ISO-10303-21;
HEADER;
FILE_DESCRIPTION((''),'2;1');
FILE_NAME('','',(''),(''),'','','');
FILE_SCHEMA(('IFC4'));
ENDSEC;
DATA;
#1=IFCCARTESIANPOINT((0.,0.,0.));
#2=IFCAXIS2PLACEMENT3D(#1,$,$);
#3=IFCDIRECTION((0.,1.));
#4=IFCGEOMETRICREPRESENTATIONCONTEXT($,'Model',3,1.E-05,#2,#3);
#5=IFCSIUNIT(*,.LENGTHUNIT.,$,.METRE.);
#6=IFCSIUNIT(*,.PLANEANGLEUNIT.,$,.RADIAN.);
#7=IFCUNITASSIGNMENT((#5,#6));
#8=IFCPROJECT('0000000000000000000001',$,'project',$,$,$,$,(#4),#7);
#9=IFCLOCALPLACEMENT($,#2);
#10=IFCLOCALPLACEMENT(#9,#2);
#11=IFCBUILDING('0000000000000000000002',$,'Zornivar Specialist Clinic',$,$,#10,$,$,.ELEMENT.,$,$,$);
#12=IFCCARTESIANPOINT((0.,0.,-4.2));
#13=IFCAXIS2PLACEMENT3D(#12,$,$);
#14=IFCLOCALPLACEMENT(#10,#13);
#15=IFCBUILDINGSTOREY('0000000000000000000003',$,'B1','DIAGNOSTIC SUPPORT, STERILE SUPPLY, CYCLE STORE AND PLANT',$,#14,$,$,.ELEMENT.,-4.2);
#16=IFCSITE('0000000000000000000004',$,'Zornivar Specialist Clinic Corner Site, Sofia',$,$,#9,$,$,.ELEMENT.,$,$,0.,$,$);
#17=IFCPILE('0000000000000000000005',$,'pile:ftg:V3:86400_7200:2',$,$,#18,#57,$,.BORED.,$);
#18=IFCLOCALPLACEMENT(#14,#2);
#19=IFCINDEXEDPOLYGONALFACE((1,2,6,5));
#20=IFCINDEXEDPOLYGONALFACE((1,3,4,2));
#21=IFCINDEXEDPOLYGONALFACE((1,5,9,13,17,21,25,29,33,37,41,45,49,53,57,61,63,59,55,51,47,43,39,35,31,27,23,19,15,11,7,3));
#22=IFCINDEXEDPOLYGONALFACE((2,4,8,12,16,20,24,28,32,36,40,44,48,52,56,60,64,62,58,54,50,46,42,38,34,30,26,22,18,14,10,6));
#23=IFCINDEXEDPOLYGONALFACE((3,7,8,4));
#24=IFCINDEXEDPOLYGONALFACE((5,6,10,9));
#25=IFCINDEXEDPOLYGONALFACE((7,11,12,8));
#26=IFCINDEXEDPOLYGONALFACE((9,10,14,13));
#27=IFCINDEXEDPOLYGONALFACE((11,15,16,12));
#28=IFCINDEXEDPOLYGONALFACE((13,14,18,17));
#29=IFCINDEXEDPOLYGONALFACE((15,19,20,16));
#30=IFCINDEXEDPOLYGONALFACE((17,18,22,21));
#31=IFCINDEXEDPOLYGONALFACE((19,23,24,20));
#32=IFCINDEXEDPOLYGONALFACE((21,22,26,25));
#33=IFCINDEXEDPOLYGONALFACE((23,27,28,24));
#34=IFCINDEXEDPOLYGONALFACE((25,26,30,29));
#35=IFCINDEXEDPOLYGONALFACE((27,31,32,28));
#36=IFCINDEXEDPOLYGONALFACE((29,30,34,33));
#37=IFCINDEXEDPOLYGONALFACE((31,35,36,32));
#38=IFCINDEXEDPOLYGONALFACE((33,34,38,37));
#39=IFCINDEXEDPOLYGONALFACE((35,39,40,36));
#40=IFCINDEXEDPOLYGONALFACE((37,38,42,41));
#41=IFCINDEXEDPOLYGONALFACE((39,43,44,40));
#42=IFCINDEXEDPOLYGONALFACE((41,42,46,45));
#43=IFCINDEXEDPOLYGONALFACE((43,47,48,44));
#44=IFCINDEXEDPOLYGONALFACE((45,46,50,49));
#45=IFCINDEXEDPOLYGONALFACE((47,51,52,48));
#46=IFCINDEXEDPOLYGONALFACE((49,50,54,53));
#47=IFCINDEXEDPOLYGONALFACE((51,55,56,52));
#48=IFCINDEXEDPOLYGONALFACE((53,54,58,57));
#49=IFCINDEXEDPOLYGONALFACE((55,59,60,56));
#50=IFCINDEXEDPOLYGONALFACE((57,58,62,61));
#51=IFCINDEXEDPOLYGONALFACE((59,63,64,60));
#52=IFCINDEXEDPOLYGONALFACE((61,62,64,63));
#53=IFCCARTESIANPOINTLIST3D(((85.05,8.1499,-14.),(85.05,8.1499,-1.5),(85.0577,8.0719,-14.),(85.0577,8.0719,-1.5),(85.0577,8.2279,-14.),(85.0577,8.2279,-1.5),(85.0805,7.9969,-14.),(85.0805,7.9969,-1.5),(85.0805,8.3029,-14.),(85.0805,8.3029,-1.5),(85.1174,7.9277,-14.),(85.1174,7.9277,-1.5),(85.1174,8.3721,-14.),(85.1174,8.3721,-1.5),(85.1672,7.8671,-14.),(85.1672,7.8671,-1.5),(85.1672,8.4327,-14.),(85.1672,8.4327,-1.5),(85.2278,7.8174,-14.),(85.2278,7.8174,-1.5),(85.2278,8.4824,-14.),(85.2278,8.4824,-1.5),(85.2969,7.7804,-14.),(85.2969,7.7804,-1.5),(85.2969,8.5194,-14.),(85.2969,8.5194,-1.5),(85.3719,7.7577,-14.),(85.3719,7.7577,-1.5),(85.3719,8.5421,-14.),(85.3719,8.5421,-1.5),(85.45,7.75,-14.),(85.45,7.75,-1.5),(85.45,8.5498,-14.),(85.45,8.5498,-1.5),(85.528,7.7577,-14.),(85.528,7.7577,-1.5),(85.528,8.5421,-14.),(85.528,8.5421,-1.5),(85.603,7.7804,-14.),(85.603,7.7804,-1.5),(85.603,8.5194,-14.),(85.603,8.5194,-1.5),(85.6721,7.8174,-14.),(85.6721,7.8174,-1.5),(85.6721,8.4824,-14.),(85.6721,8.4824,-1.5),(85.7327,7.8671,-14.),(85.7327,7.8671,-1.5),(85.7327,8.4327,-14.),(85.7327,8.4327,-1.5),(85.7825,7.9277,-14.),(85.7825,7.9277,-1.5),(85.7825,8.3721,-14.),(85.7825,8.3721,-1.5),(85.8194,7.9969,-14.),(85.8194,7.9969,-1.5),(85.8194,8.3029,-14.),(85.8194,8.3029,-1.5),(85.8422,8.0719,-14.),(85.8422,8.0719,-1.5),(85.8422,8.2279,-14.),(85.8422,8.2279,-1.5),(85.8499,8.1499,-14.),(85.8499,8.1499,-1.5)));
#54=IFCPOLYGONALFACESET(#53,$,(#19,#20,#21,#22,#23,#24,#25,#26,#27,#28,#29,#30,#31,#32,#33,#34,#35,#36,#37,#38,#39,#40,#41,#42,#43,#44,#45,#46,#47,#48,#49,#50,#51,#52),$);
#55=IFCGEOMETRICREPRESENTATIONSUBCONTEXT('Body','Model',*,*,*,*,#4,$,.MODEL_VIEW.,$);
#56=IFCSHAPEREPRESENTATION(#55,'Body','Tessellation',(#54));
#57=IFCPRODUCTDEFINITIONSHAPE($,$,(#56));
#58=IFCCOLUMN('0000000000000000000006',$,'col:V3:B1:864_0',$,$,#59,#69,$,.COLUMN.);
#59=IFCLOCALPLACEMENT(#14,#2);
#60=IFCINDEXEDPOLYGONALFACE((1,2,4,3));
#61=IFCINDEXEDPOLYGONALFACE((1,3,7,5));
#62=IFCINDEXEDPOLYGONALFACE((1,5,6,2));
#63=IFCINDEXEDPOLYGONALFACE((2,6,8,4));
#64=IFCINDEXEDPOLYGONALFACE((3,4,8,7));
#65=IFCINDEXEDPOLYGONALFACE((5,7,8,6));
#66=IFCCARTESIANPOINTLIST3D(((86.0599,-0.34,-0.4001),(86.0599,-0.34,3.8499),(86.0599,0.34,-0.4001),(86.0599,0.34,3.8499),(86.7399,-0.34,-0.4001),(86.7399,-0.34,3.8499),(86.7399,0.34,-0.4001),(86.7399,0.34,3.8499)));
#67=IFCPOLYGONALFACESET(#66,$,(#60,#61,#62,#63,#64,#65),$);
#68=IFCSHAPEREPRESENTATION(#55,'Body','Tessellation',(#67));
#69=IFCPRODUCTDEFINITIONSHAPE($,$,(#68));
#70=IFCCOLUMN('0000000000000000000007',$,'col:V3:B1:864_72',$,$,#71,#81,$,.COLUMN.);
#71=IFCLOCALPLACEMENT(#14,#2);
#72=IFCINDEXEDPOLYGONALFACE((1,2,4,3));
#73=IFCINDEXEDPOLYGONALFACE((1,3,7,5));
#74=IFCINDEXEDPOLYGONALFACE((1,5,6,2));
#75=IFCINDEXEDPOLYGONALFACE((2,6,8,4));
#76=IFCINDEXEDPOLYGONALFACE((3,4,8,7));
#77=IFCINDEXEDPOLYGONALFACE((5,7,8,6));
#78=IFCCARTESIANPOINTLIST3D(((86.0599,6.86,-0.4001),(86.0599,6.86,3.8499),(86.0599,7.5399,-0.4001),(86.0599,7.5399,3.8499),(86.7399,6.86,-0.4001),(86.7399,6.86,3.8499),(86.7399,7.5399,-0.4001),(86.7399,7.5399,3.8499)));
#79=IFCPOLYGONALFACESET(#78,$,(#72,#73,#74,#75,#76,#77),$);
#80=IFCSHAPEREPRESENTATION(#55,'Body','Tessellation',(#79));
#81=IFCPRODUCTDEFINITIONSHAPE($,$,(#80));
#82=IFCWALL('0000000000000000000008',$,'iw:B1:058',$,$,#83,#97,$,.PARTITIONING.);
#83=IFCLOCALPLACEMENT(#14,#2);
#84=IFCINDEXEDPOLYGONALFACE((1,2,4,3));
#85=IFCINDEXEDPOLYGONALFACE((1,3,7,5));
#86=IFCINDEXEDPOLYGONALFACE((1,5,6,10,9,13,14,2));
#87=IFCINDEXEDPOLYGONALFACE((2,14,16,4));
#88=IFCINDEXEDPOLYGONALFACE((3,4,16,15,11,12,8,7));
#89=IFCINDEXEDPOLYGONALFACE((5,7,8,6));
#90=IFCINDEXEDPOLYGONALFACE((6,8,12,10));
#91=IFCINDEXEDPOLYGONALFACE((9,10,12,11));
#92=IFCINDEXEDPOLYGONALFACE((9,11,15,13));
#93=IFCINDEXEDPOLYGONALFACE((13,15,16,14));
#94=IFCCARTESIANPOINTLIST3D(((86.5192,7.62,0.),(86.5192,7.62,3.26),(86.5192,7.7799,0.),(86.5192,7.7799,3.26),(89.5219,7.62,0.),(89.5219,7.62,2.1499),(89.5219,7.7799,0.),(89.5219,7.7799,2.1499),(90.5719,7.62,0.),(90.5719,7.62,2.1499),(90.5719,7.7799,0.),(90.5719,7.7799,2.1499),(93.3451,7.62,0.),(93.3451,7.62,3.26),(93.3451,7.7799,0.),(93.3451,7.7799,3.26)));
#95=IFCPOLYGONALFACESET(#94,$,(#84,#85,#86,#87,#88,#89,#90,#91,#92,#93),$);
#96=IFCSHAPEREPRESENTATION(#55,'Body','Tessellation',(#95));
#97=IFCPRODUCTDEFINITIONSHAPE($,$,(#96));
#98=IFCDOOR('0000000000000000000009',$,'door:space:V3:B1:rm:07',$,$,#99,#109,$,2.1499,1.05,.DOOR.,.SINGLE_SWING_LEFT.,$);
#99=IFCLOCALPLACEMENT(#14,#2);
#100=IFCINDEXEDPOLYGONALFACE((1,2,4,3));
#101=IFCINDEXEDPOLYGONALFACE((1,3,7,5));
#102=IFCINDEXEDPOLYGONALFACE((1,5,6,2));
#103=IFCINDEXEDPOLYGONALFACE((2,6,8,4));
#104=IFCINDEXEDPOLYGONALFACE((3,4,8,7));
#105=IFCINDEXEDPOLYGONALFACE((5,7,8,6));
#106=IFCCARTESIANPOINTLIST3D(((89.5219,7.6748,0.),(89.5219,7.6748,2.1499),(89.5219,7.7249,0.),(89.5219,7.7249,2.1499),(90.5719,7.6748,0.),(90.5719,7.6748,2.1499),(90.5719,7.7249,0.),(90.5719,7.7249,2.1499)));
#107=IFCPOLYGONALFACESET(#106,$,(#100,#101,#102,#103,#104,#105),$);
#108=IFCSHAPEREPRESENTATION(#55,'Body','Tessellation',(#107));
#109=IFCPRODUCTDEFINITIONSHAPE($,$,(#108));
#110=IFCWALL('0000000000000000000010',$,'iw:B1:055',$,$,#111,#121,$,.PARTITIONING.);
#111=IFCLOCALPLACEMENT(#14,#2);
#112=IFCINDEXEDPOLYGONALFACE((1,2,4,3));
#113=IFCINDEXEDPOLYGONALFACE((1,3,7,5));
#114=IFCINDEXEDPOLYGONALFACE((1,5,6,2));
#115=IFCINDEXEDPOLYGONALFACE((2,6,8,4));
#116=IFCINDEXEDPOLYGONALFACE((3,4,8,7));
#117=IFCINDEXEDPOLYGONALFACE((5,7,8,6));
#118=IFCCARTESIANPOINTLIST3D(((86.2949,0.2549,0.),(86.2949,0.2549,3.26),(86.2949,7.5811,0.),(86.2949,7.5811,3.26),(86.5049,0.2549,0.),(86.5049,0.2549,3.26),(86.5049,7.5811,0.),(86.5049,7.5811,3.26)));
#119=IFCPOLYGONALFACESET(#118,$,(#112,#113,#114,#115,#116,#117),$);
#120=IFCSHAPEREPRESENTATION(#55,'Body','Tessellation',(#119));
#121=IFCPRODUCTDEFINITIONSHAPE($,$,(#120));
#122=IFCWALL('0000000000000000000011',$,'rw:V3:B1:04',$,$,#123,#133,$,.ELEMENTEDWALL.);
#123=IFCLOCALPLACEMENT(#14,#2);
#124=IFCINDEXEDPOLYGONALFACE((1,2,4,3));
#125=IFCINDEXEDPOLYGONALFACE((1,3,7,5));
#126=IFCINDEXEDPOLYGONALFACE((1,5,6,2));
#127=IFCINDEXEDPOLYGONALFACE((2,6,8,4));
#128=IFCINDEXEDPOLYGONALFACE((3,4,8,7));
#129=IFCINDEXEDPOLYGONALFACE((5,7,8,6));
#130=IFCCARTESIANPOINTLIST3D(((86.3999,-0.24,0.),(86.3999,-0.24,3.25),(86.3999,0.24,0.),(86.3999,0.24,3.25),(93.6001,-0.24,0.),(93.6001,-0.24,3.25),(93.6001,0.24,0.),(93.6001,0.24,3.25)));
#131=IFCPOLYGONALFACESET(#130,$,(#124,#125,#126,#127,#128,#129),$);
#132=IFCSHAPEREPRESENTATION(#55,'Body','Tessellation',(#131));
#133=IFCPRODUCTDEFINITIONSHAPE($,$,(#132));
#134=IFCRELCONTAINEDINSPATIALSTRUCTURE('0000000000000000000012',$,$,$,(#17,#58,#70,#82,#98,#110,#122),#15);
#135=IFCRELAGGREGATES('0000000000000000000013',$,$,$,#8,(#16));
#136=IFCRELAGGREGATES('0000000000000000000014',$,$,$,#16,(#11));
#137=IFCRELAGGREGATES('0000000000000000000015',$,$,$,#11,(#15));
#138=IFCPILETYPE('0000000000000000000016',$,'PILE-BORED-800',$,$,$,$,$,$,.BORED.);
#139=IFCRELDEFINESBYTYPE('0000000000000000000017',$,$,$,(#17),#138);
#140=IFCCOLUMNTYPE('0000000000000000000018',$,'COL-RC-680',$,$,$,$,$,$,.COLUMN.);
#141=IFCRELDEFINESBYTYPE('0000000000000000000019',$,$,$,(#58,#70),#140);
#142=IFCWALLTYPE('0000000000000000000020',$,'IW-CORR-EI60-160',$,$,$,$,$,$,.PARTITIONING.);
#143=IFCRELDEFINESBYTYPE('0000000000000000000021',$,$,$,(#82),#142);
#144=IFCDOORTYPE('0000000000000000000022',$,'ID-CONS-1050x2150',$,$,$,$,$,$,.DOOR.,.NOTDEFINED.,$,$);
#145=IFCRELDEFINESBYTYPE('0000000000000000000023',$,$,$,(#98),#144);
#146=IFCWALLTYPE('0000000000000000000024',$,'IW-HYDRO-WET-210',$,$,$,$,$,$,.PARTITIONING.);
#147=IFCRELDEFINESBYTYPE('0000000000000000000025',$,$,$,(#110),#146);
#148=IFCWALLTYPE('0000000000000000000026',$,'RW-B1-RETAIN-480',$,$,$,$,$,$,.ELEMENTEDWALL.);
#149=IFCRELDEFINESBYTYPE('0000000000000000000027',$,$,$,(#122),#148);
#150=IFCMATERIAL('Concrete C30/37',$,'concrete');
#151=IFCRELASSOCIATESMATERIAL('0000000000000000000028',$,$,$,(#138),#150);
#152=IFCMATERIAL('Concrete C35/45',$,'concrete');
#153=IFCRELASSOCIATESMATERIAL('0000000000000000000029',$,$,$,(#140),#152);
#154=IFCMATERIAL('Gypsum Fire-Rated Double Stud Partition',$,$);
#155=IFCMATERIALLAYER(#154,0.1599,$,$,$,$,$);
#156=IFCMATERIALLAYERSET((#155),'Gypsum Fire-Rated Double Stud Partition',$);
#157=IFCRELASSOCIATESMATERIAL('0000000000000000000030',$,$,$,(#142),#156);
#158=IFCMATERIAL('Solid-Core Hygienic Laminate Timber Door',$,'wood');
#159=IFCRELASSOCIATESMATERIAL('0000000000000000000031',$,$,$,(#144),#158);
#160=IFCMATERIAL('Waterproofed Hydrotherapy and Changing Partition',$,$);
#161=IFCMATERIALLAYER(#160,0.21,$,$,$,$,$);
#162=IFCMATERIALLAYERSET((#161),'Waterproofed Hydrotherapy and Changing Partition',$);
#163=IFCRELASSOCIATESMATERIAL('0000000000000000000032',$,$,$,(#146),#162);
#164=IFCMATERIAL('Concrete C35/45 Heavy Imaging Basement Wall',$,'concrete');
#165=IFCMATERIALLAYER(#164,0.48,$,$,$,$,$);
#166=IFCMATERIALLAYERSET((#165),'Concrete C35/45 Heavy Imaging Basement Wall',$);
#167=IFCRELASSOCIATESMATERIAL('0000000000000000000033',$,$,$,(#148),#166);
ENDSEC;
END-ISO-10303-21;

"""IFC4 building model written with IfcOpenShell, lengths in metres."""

from ifc_helpers import new_model, si_unit, direction, frame, frame_2d, origin, origin_2d, place, context, subcontext, project, spatial, rectangle, circle, extrude, material, layer, layer_set, material_profile, profile_set, type_object, element, fill, save


model = new_model("IFC4")

# Units and contexts
model_context = context("Model", 3, precision=1e-05, world=origin(), true_north=direction((0.0, 1.0)))
body_context = subcontext(model_context, "Body", "Model", "MODEL_VIEW")
ifc_project = project(units=[si_unit("LENGTHUNIT", "METRE"), si_unit("PLANEANGLEUNIT", "RADIAN")], contexts=[model_context])

# Site, building, storey
site_placement = place(None, origin())
site = spatial("IfcSite", under=ifc_project, at=site_placement, Name="Zornivar Specialist Clinic Corner Site, Sofia", CompositionType="ELEMENT", RefElevation=0.0)
building_placement = place(site_placement, origin())
building = spatial("IfcBuilding", under=site, at=building_placement, Name="Zornivar Specialist Clinic", CompositionType="ELEMENT")
storey_placement = place(building_placement, frame((0.0, 0.0, -4.2)))
storey = spatial("IfcBuildingStorey", under=building, at=storey_placement, Name="B1", Description="DIAGNOSTIC SUPPORT, STERILE SUPPLY, CYCLE STORE AND PLANT", CompositionType="ELEMENT", Elevation=-4.2)

# Pile
ifc_material_1 = material(Name="Concrete C30/37", Category="concrete")
ifc_material_profile_1 = material_profile(ifc_material_1, circle(Radius=0.3999, at=origin_2d()), Name="PILE D800")
ifc_profile_set_1 = profile_set([ifc_material_profile_1], Name="Concrete C30/37")
pile_type = type_object("IfcPileType", Name="PILE-BORED-800", PredefinedType="BORED", material=ifc_profile_set_1)
for number, where, z_axis, x_axis, name in (
    (1, (85.45, 8.1499, -1.5), (0.0, 0.0, -1.0), (1.0, 0.0, 0.0), "pile:ftg:V3:86400_7200:2"),
):
    element("IfcPile", number, at=place(storey_placement, frame(where, z_axis=z_axis, x_axis=x_axis)), inside=storey, type_object=pile_type, Name=name, PredefinedType="BORED", context=body_context, shape_type="SweptSolid", body=[
        extrude(circle(Radius=0.3999, at=origin_2d()), origin(), (0.0, 0.0, 1.0), 12.5),
    ])

# Columns
ifc_material_2 = material(Name="Concrete C35/45", Category="concrete")
ifc_material_profile_2 = material_profile(ifc_material_2, rectangle(XDim=0.6799, YDim=0.6799, at=origin_2d()), Name="RC 680x680")
ifc_profile_set_2 = profile_set([ifc_material_profile_2], Name="Concrete C35/45")
column_type = type_object("IfcColumnType", Name="COL-RC-680", PredefinedType="COLUMN", material=ifc_profile_set_2)
for number, where, z_axis, x_axis, name in (
    (2, (86.3999, 0.0, -0.4001), (0.0, 0.0, 1.0), (1.0, 0.0, 0.0), "col:V3:B1:864_0"),
    (3, (86.3999, 7.2, -0.4001), (0.0, 0.0, 1.0), (1.0, 0.0, 0.0), "col:V3:B1:864_72"),
):
    element("IfcColumn", number, at=place(storey_placement, frame(where, z_axis=z_axis, x_axis=x_axis)), inside=storey, type_object=column_type, Name=name, PredefinedType="COLUMN", context=body_context, shape_type="SweptSolid", body=[
        extrude(rectangle(XDim=0.6799, YDim=0.6799, at=origin_2d()), origin(), (0.0, 0.0, 1.0), 4.25),
    ])

# Wall, opening, door
ifc_material_3 = material(Name="Gypsum Fire-Rated Double Stud Partition")
ifc_layer_1 = layer(ifc_material_3, 0.1599)
ifc_layer_set_1 = layer_set([ifc_layer_1], Name="Gypsum Fire-Rated Double Stud Partition")
wall_type_1 = type_object("IfcWallType", Name="IW-CORR-EI60-160", PredefinedType="PARTITIONING", material=ifc_layer_set_1)
wall_1_placement = place(storey_placement, frame((86.519, 7.7, 0.0), z_axis=(0.0, 0.0, 1.0), x_axis=(1.0, 0.0, 0.0)))
wall_1 = element("IfcWall", 4, at=wall_1_placement, inside=storey, type_object=wall_type_1, Name="iw:B1:058", PredefinedType="PARTITIONING", context=body_context, shape_type="SweptSolid", body=[
    extrude(rectangle(XDim=6.8259, YDim=0.1599, at=frame_2d((3.4131, 0.0))), origin(), (0.0, 0.0, 1.0), 3.26),
])
opening_placement = place(wall_1_placement, frame((3.0029, 0.0, 0.0)))
opening = element("IfcOpeningElement", 5, at=opening_placement, cuts=wall_1, PredefinedType="OPENING", context=body_context, shape_type="SweptSolid", body=[
    extrude(rectangle(XDim=1.05, YDim=2.1499, at=frame_2d((0.5249, 1.075))), frame((0.0, 0.0898, 0.0), z_axis=(0.0, -1.0, 0.0), x_axis=(1.0, 0.0, 0.0)), (0.0, 0.0, 1.0), 0.1799),
])
ifc_material_4 = material(Name="Solid-Core Hygienic Laminate Timber Door", Category="wood")
door_type = type_object("IfcDoorType", Name="ID-CONS-1050x2150", OperationType="NOTDEFINED", PredefinedType="DOOR", material=ifc_material_4)
door_placement = place(opening_placement, origin())
door = element("IfcDoor", 6, at=door_placement, inside=storey, type_object=door_type, Name="door:space:V3:B1:rm:07", OperationType="SINGLE_SWING_LEFT", OverallHeight=2.1499, OverallWidth=1.05, PredefinedType="DOOR", context=body_context, shape_type="SweptSolid", body=[
    extrude(rectangle(XDim=1.05, YDim=2.1499, at=frame_2d((0.5249, 1.075))), frame((0.0, 0.0249, 0.0), z_axis=(0.0, -1.0, 0.0), x_axis=(1.0, 0.0, 0.0)), (0.0, 0.0, 1.0), 0.05),
])
fill(opening, door)

# Walls
ifc_material_5 = material(Name="Waterproofed Hydrotherapy and Changing Partition")
ifc_layer_2 = layer(ifc_material_5, 0.21)
ifc_layer_set_2 = layer_set([ifc_layer_2], Name="Waterproofed Hydrotherapy and Changing Partition")
wall_type_2 = type_object("IfcWallType", Name="IW-HYDRO-WET-210", PredefinedType="PARTITIONING", material=ifc_layer_set_2)
wall_2_placement = place(storey_placement, frame((86.3999, 7.5811, 0.0), z_axis=(0.0, 0.0, 1.0), x_axis=(0.0, -1.0, 0.0)))
element("IfcWall", 7, at=wall_2_placement, inside=storey, type_object=wall_type_2, Name="iw:B1:055", PredefinedType="PARTITIONING", context=body_context, shape_type="SweptSolid", body=[
    extrude(rectangle(XDim=7.3262, YDim=0.21, at=frame_2d((3.6631, 0.0))), origin(), (0.0, 0.0, 1.0), 3.26),
])
ifc_material_6 = material(Name="Concrete C35/45 Heavy Imaging Basement Wall", Category="concrete")
ifc_layer_3 = layer(ifc_material_6, 0.48)
ifc_layer_set_3 = layer_set([ifc_layer_3], Name="Concrete C35/45 Heavy Imaging Basement Wall")
wall_type_3 = type_object("IfcWallType", Name="RW-B1-RETAIN-480", PredefinedType="ELEMENTEDWALL", material=ifc_layer_set_3)
wall_3_placement = place(storey_placement, frame((86.3999, 0.0, 0.0), z_axis=(0.0, 0.0, 1.0), x_axis=(1.0, 0.0, 0.0)))
element("IfcWall", 8, at=wall_3_placement, inside=storey, type_object=wall_type_3, Name="rw:V3:B1:04", PredefinedType="ELEMENTEDWALL", context=body_context, shape_type="SweptSolid", body=[
    extrude(rectangle(XDim=7.2002, YDim=0.48, at=frame_2d((3.6001, 0.0))), origin(), (0.0, 0.0, 1.0), 3.25),
])

save(model, "model.ifc")
